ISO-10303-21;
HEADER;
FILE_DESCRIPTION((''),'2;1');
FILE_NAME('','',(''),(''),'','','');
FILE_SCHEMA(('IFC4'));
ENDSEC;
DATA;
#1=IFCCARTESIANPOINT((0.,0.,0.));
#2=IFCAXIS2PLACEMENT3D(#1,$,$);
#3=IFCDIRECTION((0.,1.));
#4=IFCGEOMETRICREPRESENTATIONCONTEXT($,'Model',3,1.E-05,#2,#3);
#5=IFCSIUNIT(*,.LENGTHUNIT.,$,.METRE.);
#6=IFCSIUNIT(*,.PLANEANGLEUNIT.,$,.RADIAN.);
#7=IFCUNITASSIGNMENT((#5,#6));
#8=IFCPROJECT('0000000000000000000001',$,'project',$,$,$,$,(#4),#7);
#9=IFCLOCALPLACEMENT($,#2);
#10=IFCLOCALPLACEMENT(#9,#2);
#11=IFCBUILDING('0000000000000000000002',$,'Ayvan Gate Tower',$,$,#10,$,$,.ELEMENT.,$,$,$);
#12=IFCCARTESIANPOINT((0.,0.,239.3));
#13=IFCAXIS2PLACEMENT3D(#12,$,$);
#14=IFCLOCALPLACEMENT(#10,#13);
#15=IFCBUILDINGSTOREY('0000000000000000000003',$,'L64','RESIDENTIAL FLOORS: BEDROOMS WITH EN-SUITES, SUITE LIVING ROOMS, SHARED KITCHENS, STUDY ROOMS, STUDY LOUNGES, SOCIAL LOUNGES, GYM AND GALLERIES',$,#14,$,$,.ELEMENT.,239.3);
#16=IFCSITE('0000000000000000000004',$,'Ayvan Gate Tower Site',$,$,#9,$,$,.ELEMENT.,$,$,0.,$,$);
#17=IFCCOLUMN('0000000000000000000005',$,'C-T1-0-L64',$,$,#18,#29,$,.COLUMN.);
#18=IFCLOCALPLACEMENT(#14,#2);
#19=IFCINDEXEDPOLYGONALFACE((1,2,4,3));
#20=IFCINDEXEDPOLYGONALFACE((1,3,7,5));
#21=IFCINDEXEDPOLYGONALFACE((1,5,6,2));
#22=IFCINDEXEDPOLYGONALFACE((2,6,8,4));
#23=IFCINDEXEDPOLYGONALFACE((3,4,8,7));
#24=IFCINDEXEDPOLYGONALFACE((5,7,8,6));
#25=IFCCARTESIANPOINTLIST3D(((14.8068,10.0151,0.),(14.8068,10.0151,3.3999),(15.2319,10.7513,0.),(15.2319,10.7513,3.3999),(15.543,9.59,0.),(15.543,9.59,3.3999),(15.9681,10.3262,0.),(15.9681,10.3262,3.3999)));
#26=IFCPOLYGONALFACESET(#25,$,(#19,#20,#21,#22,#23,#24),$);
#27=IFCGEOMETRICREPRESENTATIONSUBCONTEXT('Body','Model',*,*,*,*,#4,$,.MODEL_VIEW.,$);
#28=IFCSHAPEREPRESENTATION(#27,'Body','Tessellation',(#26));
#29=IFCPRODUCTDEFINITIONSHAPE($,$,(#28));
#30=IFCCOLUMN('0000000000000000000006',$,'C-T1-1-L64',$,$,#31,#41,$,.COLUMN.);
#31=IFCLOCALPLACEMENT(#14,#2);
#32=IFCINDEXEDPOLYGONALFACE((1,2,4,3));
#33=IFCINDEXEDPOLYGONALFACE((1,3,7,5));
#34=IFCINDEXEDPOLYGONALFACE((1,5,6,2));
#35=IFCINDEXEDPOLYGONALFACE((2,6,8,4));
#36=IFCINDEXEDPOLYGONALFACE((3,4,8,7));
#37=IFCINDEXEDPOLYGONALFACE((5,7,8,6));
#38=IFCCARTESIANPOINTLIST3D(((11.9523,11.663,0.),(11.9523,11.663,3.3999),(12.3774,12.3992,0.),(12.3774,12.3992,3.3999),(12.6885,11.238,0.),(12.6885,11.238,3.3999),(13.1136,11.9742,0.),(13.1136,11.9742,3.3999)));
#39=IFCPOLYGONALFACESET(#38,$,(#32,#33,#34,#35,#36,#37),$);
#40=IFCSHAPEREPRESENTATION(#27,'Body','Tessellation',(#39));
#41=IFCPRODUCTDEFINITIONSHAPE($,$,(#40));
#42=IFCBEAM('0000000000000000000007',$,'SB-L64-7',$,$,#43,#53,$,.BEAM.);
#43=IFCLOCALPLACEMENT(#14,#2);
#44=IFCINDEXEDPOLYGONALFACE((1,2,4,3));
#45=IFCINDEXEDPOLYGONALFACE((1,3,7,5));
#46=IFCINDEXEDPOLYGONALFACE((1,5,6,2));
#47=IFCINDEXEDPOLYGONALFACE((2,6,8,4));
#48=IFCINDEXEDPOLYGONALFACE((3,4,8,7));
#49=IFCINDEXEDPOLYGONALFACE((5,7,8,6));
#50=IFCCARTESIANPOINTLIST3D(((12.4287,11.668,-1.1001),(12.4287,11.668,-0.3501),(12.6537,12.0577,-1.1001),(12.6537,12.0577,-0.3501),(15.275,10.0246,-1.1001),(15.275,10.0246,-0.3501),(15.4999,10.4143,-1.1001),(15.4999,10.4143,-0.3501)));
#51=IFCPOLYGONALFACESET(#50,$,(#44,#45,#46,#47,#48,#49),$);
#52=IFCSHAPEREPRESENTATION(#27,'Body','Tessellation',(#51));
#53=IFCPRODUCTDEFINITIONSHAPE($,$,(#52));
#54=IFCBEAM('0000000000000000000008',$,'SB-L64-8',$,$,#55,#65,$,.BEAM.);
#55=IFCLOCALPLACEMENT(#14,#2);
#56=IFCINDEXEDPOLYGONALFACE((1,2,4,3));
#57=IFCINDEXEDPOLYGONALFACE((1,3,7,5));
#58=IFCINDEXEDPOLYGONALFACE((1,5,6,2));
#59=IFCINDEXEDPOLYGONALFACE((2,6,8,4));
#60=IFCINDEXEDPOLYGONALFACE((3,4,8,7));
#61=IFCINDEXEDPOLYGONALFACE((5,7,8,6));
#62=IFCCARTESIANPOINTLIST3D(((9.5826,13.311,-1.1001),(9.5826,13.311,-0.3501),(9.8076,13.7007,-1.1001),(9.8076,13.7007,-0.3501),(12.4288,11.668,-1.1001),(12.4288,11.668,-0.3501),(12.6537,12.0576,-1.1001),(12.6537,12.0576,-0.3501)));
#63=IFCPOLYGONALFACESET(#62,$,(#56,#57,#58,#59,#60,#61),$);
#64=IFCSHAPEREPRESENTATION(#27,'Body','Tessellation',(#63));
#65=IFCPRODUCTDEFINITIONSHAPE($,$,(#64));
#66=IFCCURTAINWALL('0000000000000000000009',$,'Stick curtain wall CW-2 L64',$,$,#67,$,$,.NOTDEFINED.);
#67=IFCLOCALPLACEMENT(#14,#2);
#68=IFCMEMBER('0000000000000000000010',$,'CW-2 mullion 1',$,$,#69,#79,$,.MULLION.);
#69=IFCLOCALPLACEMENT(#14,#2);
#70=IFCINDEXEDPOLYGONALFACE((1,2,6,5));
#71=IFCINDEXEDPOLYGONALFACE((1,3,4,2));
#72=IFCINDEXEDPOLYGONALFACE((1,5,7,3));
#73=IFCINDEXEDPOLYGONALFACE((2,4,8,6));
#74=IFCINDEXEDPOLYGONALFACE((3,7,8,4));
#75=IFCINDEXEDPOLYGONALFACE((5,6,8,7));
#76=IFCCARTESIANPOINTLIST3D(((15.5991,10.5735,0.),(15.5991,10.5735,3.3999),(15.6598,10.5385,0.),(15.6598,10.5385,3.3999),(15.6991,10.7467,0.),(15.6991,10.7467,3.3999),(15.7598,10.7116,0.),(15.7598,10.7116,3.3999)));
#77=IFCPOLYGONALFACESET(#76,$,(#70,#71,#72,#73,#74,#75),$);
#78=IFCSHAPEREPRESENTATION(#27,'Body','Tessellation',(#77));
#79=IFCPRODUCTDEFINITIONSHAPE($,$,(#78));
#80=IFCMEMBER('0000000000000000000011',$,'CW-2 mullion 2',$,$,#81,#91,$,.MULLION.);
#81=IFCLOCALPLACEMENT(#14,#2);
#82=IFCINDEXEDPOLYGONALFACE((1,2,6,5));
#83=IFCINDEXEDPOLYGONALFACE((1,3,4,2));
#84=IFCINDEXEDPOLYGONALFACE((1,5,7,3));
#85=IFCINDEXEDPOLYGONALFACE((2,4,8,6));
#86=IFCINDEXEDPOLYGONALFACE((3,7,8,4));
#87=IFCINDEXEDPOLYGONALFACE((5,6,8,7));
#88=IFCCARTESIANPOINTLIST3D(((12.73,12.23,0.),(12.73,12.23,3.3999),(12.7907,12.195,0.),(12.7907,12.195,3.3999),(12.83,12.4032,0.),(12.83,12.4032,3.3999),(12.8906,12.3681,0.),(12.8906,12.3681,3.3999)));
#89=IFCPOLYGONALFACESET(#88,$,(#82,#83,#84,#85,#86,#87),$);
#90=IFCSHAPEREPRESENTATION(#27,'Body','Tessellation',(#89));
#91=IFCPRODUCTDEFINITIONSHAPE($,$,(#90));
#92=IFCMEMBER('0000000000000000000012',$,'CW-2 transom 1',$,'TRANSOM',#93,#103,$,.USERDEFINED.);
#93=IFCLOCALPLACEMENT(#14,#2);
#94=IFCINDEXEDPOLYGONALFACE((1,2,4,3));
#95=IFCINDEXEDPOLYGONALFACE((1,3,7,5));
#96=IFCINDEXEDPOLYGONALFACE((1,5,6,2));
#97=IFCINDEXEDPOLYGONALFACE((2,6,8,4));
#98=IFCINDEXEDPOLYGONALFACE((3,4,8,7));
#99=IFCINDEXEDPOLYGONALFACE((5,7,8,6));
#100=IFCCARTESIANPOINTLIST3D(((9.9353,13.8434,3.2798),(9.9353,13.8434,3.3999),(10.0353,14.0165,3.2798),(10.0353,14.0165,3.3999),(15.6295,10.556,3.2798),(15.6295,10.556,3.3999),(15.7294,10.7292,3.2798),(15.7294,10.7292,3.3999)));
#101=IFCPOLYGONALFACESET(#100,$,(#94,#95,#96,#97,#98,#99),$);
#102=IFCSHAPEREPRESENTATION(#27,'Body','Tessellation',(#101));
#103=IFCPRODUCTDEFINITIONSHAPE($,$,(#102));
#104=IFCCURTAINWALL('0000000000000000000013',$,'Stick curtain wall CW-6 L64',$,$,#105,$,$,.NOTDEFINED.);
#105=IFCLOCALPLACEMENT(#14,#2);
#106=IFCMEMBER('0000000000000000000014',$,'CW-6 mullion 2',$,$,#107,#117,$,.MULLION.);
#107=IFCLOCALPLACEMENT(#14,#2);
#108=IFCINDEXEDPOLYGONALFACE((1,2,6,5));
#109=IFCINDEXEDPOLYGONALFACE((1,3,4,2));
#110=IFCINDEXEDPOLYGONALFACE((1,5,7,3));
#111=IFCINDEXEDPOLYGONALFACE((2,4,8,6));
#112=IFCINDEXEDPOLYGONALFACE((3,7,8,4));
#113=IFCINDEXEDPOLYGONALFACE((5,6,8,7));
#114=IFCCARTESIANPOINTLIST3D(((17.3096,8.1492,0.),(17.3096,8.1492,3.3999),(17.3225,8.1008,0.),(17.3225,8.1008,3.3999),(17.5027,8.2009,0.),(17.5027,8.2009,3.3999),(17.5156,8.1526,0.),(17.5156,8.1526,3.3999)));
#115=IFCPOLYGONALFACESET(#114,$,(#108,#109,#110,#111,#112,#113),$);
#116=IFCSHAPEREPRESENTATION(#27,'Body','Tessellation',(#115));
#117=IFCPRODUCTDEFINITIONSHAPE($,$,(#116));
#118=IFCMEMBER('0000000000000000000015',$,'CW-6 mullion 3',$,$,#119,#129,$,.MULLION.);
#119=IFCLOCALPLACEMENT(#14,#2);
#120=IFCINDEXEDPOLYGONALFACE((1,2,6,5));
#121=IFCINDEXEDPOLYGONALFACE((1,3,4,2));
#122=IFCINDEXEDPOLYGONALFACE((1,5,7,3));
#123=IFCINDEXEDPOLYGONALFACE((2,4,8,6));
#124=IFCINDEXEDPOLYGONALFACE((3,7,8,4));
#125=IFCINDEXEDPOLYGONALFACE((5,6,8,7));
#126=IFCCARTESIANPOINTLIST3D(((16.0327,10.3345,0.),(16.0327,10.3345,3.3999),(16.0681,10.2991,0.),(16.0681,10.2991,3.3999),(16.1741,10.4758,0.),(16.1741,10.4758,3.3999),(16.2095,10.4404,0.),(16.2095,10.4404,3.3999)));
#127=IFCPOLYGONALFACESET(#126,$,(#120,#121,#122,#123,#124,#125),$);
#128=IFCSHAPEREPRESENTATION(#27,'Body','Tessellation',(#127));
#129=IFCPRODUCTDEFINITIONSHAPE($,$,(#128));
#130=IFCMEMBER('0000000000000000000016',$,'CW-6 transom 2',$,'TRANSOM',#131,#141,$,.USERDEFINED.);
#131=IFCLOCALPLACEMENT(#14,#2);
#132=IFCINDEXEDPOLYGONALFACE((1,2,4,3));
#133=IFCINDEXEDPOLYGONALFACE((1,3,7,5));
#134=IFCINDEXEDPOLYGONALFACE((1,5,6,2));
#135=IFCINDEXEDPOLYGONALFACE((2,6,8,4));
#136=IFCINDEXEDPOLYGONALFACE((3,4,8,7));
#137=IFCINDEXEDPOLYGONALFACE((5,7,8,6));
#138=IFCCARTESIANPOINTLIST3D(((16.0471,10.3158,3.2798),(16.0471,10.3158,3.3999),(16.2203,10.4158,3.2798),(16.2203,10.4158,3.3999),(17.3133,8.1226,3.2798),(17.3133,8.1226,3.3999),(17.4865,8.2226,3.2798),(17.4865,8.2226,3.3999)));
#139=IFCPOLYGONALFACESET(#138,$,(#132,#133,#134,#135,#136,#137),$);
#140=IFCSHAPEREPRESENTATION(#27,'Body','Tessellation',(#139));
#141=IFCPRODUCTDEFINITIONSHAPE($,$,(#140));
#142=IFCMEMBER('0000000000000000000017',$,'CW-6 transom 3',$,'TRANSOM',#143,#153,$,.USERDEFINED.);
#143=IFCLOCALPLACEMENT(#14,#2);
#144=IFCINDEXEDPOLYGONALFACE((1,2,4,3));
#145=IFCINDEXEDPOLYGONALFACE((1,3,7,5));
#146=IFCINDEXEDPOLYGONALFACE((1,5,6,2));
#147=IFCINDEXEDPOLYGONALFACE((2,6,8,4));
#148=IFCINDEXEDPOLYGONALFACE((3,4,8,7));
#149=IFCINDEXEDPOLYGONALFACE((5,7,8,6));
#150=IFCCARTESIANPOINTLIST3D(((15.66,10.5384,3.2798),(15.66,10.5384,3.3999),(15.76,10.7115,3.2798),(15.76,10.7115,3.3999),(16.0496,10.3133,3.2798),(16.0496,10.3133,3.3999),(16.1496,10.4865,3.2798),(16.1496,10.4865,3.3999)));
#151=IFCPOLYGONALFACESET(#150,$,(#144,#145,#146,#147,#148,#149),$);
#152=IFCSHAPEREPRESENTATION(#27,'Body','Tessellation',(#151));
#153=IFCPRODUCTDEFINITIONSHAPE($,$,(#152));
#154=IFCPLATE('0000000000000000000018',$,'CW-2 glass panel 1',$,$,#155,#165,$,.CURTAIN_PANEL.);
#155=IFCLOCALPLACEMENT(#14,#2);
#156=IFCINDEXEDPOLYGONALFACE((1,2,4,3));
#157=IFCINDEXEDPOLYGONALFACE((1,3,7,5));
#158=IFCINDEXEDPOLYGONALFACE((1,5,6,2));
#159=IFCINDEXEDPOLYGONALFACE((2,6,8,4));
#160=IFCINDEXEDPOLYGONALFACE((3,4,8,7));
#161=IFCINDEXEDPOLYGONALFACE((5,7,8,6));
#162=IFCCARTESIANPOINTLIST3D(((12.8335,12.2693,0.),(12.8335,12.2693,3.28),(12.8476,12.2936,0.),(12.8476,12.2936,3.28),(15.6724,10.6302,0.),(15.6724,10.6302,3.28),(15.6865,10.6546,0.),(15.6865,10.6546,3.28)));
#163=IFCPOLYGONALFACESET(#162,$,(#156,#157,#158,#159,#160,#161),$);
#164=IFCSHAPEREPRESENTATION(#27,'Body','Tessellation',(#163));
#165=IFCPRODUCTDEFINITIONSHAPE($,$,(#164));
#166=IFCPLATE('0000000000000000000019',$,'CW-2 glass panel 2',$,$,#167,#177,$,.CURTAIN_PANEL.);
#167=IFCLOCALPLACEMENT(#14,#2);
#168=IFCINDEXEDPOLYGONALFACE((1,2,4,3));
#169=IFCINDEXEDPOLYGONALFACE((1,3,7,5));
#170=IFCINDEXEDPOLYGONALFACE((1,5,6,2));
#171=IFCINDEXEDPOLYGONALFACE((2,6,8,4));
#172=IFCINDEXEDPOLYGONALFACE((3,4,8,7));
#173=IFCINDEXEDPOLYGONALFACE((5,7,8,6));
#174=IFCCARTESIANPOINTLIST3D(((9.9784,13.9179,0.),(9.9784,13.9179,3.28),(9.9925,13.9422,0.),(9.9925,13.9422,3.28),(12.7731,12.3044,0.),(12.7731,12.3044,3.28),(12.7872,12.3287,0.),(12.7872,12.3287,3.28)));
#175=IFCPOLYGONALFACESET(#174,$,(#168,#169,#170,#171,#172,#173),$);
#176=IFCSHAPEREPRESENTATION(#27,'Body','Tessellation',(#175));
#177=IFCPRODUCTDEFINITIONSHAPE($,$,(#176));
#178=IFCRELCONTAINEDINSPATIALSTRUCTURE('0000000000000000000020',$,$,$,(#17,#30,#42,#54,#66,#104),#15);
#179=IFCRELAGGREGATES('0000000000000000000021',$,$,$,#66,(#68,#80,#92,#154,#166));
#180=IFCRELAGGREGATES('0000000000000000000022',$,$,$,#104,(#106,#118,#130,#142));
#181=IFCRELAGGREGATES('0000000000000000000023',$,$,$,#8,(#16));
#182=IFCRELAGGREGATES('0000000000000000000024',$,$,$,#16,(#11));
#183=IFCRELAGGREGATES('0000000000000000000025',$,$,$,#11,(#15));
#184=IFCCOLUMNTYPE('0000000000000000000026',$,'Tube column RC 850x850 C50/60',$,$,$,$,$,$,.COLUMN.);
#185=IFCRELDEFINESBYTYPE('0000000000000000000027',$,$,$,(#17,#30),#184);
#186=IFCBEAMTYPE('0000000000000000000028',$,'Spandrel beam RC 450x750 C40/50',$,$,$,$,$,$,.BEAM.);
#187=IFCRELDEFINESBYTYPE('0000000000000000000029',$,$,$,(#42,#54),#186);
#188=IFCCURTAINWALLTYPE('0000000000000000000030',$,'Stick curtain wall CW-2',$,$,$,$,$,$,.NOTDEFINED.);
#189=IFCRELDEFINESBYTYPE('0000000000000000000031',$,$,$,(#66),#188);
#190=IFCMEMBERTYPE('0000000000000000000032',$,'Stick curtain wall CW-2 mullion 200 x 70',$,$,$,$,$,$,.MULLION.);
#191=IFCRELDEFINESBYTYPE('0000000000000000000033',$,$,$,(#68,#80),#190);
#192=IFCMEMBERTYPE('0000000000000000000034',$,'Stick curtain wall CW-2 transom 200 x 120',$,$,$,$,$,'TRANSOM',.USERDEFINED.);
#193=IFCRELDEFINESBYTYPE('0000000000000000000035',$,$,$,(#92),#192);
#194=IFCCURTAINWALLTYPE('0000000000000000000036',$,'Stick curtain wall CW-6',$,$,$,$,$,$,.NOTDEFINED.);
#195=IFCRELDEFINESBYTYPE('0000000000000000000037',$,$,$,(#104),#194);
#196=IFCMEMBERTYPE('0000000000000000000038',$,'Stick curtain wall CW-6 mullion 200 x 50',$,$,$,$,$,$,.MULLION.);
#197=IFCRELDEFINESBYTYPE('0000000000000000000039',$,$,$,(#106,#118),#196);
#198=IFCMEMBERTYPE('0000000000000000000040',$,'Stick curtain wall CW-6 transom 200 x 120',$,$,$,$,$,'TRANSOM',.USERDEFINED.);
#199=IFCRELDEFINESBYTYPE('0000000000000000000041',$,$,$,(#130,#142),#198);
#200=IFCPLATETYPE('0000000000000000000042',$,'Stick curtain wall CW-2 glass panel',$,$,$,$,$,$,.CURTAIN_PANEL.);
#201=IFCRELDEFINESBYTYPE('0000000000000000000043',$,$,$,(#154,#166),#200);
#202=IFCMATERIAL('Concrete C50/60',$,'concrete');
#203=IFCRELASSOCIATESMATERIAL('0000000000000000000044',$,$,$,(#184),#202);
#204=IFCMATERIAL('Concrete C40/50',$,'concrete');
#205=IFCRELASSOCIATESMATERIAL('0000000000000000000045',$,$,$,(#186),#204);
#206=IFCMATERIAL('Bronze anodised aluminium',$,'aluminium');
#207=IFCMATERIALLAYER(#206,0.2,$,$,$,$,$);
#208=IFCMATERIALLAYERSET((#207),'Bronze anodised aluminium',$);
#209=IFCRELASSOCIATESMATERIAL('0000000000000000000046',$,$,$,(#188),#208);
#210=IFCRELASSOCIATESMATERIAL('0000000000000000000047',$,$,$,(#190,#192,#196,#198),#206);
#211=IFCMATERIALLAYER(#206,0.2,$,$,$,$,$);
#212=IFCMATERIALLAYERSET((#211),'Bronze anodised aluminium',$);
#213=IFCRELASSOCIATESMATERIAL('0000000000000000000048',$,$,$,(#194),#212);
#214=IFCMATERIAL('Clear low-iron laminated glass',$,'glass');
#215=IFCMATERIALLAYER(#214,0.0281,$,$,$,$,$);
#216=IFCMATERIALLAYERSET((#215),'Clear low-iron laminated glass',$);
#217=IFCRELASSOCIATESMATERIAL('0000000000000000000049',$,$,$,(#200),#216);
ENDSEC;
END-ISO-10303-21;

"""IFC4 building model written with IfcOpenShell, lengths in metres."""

from ifc_helpers import new_model, si_unit, direction, frame, origin, origin_2d, place, context, subcontext, project, spatial, rectangle, extrude, material, layer, layer_set, material_profile, profile_set, type_object, element, aggregate, save


model = new_model("IFC4")

# Units and contexts
model_context = context("Model", 3, precision=1e-05, world=origin(), true_north=direction((0.0, 1.0)))
body_context = subcontext(model_context, "Body", "Model", "MODEL_VIEW")
ifc_project = project(units=[si_unit("LENGTHUNIT", "METRE"), si_unit("PLANEANGLEUNIT", "RADIAN")], contexts=[model_context])

# Site, building, storey
site_placement = place(None, origin())
site = spatial("IfcSite", under=ifc_project, at=site_placement, Name="Ayvan Gate Tower Site", CompositionType="ELEMENT", RefElevation=0.0)
building_placement = place(site_placement, origin())
building = spatial("IfcBuilding", under=site, at=building_placement, Name="Ayvan Gate Tower", CompositionType="ELEMENT")
storey_placement = place(building_placement, frame((0.0, 0.0, 239.3)))
storey = spatial("IfcBuildingStorey", under=building, at=storey_placement, Name="L64", Description="RESIDENTIAL FLOORS: BEDROOMS WITH EN-SUITES, SUITE LIVING ROOMS, SHARED KITCHENS, STUDY ROOMS, STUDY LOUNGES, SOCIAL LOUNGES, GYM AND GALLERIES", CompositionType="ELEMENT", Elevation=239.3)

# Columns
ifc_material_1 = material(Name="Concrete C50/60", Category="concrete")
ifc_material_profile_1 = material_profile(ifc_material_1, rectangle(XDim=0.8501, YDim=0.8501, at=origin_2d()), Name="RC 850x850")
ifc_profile_set_1 = profile_set([ifc_material_profile_1], Name="Concrete C50/60")
column_type = type_object("IfcColumnType", Name="Tube column RC 850x850 C50/60", PredefinedType="COLUMN", material=ifc_profile_set_1)
for number, where, z_axis, x_axis, name in (
    (1, (15.3875, 10.1707, 0.0), (0.0, 0.0, 1.0), (0.5, 0.866025, 0.0), "C-T1-0-L64"),
    (2, (12.533, 11.8186, 0.0), (0.0, 0.0, 1.0), (0.5, 0.866025, 0.0), "C-T1-1-L64"),
):
    element("IfcColumn", number, at=place(storey_placement, frame(where, z_axis=z_axis, x_axis=x_axis)), inside=storey, type_object=column_type, Name=name, PredefinedType="COLUMN", context=body_context, shape_type="SweptSolid", body=[
        extrude(rectangle(XDim=0.8501, YDim=0.8501, at=origin_2d()), origin(), (0.0, 0.0, 1.0), 3.3999),
    ])

# Beams
ifc_material_2 = material(Name="Concrete C40/50", Category="concrete")
ifc_material_profile_2 = material_profile(ifc_material_2, rectangle(XDim=0.45, YDim=0.75, at=origin_2d()), Name="RC 450x750")
ifc_profile_set_2 = profile_set([ifc_material_profile_2], Name="Concrete C40/50")
beam_type = type_object("IfcBeamType", Name="Spandrel beam RC 450x750 C40/50", PredefinedType="BEAM", material=ifc_profile_set_2)
beam_1_placement = place(storey_placement, frame((15.3875, 10.2195, -0.7251), z_axis=(-0.866017, 0.500014, 0.0), x_axis=(-0.500014, -0.866017, 0.0)))
element("IfcBeam", 3, at=beam_1_placement, inside=storey, type_object=beam_type, Name="SB-L64-7", PredefinedType="BEAM", context=body_context, shape_type="SweptSolid", body=[
    extrude(rectangle(XDim=0.45, YDim=0.75, at=origin_2d()), origin(), (0.0, 0.0, 1.0), 3.2866),
])
beam_2_placement = place(storey_placement, frame((12.5413, 11.8628, -0.7251), z_axis=(-0.86605, 0.499958, 0.0), x_axis=(-0.499958, -0.86605, 0.0)))
element("IfcBeam", 4, at=beam_2_placement, inside=storey, type_object=beam_type, Name="SB-L64-8", PredefinedType="BEAM", context=body_context, shape_type="SweptSolid", body=[
    extrude(rectangle(XDim=0.45, YDim=0.75, at=origin_2d()), origin(), (0.0, 0.0, 1.0), 3.2864),
])

# Curtain walls, members
ifc_material_3 = material(Name="Bronze anodised aluminium", Category="aluminium")
ifc_layer_1 = layer(ifc_material_3, 0.2)
ifc_layer_set_1 = layer_set([ifc_layer_1], Name="Bronze anodised aluminium")
curtain_wall_type_1 = type_object("IfcCurtainWallType", Name="Stick curtain wall CW-2", PredefinedType="NOTDEFINED", material=ifc_layer_set_1)
curtain_wall_1_placement = place(storey_placement, origin())
curtain_wall_1 = element("IfcCurtainWall", 5, at=curtain_wall_1_placement, inside=storey, type_object=curtain_wall_type_1, Name="Stick curtain wall CW-2 L64", PredefinedType="NOTDEFINED")
ifc_material_profile_3 = material_profile(ifc_material_3, rectangle(XDim=0.2, YDim=0.0701, at=origin_2d()), Name="Stick curtain wall CW-2 mullion 200 x 70")
ifc_profile_set_3 = profile_set([ifc_material_profile_3], Name="Bronze anodised aluminium")
member_type_1 = type_object("IfcMemberType", Name="Stick curtain wall CW-2 mullion 200 x 70", PredefinedType="MULLION", material=ifc_profile_set_3)
member_1_placement = place(storey_placement, frame((15.6794, 10.6426, 0.0), z_axis=(0.0, 0.0, 1.0), x_axis=(0.5, 0.866025, 0.0)))
member_1 = element("IfcMember", 6, at=member_1_placement, type_object=member_type_1, Name="CW-2 mullion 1", PredefinedType="MULLION", context=body_context, shape_type="SweptSolid", body=[
    extrude(rectangle(XDim=0.2, YDim=0.0701, at=origin_2d()), origin(), (0.0, 0.0, 1.0), 3.3999),
])
member_2_placement = place(storey_placement, frame((12.8103, 12.2991, 0.0), z_axis=(0.0, 0.0, 1.0), x_axis=(0.5, 0.866025, 0.0)))
member_2 = element("IfcMember", 7, at=member_2_placement, type_object=member_type_1, Name="CW-2 mullion 2", PredefinedType="MULLION", context=body_context, shape_type="SweptSolid", body=[
    extrude(rectangle(XDim=0.2, YDim=0.0701, at=origin_2d()), origin(), (0.0, 0.0, 1.0), 3.3999),
])
ifc_material_profile_4 = material_profile(ifc_material_3, rectangle(XDim=0.2, YDim=0.1201, at=origin_2d()), Name="Stick curtain wall CW-2 transom 200 x 120")
ifc_profile_set_4 = profile_set([ifc_material_profile_4], Name="Bronze anodised aluminium")
member_type_2 = type_object("IfcMemberType", Name="Stick curtain wall CW-2 transom 200 x 120", ElementType="TRANSOM", PredefinedType="USERDEFINED", material=ifc_profile_set_4)
member_3_placement = place(storey_placement, frame((15.6794, 10.6426, 3.3398), z_axis=(-0.866034, 0.499985, 0.0), x_axis=(-0.499985, -0.866034, 0.0)))
member_3 = element("IfcMember", 8, at=member_3_placement, type_object=member_type_2, Name="CW-2 transom 1", ObjectType="TRANSOM", PredefinedType="USERDEFINED", context=body_context, shape_type="SweptSolid", body=[
    extrude(rectangle(XDim=0.2, YDim=0.1201, at=origin_2d()), origin(), (0.0, 0.0, 1.0), 6.575),
])
ifc_layer_2 = layer(ifc_material_3, 0.2)
ifc_layer_set_2 = layer_set([ifc_layer_2], Name="Bronze anodised aluminium")
curtain_wall_type_2 = type_object("IfcCurtainWallType", Name="Stick curtain wall CW-6", PredefinedType="NOTDEFINED", material=ifc_layer_set_2)
curtain_wall_2_placement = place(storey_placement, origin())
curtain_wall_2 = element("IfcCurtainWall", 9, at=curtain_wall_2_placement, inside=storey, type_object=curtain_wall_type_2, Name="Stick curtain wall CW-6 L64", PredefinedType="NOTDEFINED")
ifc_material_profile_5 = material_profile(ifc_material_3, rectangle(XDim=0.2, YDim=0.05, at=origin_2d()), Name="Stick curtain wall CW-6 mullion 200 x 50")
ifc_profile_set_5 = profile_set([ifc_material_profile_5], Name="Bronze anodised aluminium")
member_type_3 = type_object("IfcMemberType", Name="Stick curtain wall CW-6 mullion 200 x 50", PredefinedType="MULLION", material=ifc_profile_set_5)
member_4_placement = place(storey_placement, frame((17.4126, 8.1509, 0.0), z_axis=(0.0, 0.0, 1.0), x_axis=(0.965926, 0.258819, 0.0)))
member_4 = element("IfcMember", 10, at=member_4_placement, type_object=member_type_3, Name="CW-6 mullion 2", PredefinedType="MULLION", context=body_context, shape_type="SweptSolid", body=[
    extrude(rectangle(XDim=0.2, YDim=0.05, at=origin_2d()), origin(), (0.0, 0.0, 1.0), 3.3999),
])
member_5_placement = place(storey_placement, frame((16.1211, 10.3875, 0.0), z_axis=(0.0, 0.0, 1.0), x_axis=(0.707107, 0.707107, 0.0)))
member_5 = element("IfcMember", 11, at=member_5_placement, type_object=member_type_3, Name="CW-6 mullion 3", PredefinedType="MULLION", context=body_context, shape_type="SweptSolid", body=[
    extrude(rectangle(XDim=0.2, YDim=0.05, at=origin_2d()), origin(), (0.0, 0.0, 1.0), 3.3999),
])
ifc_material_profile_6 = material_profile(ifc_material_3, rectangle(XDim=0.2, YDim=0.1201, at=origin_2d()), Name="Stick curtain wall CW-6 transom 200 x 120")
ifc_profile_set_6 = profile_set([ifc_material_profile_6], Name="Bronze anodised aluminium")
member_type_4 = type_object("IfcMemberType", Name="Stick curtain wall CW-6 transom 200 x 120", ElementType="TRANSOM", PredefinedType="USERDEFINED", material=ifc_profile_set_6)
member_6_placement = place(storey_placement, frame((17.3999, 8.1726, 3.3398), z_axis=(-0.499976, 0.866039, 0.0), x_axis=(-0.866039, -0.499976, 0.0)))
member_6 = element("IfcMember", 12, at=member_6_placement, type_object=member_type_4, Name="CW-6 transom 2", ObjectType="TRANSOM", PredefinedType="USERDEFINED", context=body_context, shape_type="SweptSolid", body=[
    extrude(rectangle(XDim=0.2, YDim=0.1201, at=origin_2d()), origin(), (0.0, 0.0, 1.0), 2.5325),
])
member_7_placement = place(storey_placement, frame((16.0996, 10.3999, 3.3398), z_axis=(-0.865896, 0.500223, 0.0), x_axis=(-0.500223, -0.865896, 0.0)))
member_7 = element("IfcMember", 13, at=member_7_placement, type_object=member_type_4, Name="CW-6 transom 3", ObjectType="TRANSOM", PredefinedType="USERDEFINED", context=body_context, shape_type="SweptSolid", body=[
    extrude(rectangle(XDim=0.2, YDim=0.1201, at=origin_2d()), origin(), (0.0, 0.0, 1.0), 0.45),
])

# Plates
ifc_material_4 = material(Name="Clear low-iron laminated glass", Category="glass")
ifc_layer_3 = layer(ifc_material_4, 0.0281)
ifc_layer_set_3 = layer_set([ifc_layer_3], Name="Clear low-iron laminated glass")
plate_type_1 = type_object("IfcPlateType", Name="Stick curtain wall CW-2 glass panel", PredefinedType="CURTAIN_PANEL", material=ifc_layer_set_3)
plate_1_placement = place(storey_placement, frame((14.26, 11.4619, 0.0), z_axis=(0.0, 0.0, 1.0), x_axis=(-0.866025, 0.5, 0.0)))
plate_1 = element("IfcPlate", 14, at=plate_1_placement, type_object=plate_type_1, Name="CW-2 glass panel 1", PredefinedType="CURTAIN_PANEL", context=body_context, shape_type="SweptSolid", body=[
    extrude(rectangle(XDim=3.2781, YDim=0.0281, at=origin_2d()), origin(), (0.0, 0.0, 1.0), 3.28),
])
plate_2_placement = place(storey_placement, frame((11.3828, 13.1233, 0.0), z_axis=(0.0, 0.0, 1.0), x_axis=(-0.866025, 0.5, 0.0)))
plate_2 = element("IfcPlate", 15, at=plate_2_placement, type_object=plate_type_1, Name="CW-2 glass panel 2", PredefinedType="CURTAIN_PANEL", context=body_context, shape_type="SweptSolid", body=[
    extrude(rectangle(XDim=3.2271, YDim=0.0281, at=origin_2d()), origin(), (0.0, 0.0, 1.0), 3.28),
])
aggregate(curtain_wall_1, [member_1, member_2, member_3, plate_1, plate_2])
aggregate(curtain_wall_2, [member_4, member_5, member_6, member_7])

save(model, "model.ifc")
